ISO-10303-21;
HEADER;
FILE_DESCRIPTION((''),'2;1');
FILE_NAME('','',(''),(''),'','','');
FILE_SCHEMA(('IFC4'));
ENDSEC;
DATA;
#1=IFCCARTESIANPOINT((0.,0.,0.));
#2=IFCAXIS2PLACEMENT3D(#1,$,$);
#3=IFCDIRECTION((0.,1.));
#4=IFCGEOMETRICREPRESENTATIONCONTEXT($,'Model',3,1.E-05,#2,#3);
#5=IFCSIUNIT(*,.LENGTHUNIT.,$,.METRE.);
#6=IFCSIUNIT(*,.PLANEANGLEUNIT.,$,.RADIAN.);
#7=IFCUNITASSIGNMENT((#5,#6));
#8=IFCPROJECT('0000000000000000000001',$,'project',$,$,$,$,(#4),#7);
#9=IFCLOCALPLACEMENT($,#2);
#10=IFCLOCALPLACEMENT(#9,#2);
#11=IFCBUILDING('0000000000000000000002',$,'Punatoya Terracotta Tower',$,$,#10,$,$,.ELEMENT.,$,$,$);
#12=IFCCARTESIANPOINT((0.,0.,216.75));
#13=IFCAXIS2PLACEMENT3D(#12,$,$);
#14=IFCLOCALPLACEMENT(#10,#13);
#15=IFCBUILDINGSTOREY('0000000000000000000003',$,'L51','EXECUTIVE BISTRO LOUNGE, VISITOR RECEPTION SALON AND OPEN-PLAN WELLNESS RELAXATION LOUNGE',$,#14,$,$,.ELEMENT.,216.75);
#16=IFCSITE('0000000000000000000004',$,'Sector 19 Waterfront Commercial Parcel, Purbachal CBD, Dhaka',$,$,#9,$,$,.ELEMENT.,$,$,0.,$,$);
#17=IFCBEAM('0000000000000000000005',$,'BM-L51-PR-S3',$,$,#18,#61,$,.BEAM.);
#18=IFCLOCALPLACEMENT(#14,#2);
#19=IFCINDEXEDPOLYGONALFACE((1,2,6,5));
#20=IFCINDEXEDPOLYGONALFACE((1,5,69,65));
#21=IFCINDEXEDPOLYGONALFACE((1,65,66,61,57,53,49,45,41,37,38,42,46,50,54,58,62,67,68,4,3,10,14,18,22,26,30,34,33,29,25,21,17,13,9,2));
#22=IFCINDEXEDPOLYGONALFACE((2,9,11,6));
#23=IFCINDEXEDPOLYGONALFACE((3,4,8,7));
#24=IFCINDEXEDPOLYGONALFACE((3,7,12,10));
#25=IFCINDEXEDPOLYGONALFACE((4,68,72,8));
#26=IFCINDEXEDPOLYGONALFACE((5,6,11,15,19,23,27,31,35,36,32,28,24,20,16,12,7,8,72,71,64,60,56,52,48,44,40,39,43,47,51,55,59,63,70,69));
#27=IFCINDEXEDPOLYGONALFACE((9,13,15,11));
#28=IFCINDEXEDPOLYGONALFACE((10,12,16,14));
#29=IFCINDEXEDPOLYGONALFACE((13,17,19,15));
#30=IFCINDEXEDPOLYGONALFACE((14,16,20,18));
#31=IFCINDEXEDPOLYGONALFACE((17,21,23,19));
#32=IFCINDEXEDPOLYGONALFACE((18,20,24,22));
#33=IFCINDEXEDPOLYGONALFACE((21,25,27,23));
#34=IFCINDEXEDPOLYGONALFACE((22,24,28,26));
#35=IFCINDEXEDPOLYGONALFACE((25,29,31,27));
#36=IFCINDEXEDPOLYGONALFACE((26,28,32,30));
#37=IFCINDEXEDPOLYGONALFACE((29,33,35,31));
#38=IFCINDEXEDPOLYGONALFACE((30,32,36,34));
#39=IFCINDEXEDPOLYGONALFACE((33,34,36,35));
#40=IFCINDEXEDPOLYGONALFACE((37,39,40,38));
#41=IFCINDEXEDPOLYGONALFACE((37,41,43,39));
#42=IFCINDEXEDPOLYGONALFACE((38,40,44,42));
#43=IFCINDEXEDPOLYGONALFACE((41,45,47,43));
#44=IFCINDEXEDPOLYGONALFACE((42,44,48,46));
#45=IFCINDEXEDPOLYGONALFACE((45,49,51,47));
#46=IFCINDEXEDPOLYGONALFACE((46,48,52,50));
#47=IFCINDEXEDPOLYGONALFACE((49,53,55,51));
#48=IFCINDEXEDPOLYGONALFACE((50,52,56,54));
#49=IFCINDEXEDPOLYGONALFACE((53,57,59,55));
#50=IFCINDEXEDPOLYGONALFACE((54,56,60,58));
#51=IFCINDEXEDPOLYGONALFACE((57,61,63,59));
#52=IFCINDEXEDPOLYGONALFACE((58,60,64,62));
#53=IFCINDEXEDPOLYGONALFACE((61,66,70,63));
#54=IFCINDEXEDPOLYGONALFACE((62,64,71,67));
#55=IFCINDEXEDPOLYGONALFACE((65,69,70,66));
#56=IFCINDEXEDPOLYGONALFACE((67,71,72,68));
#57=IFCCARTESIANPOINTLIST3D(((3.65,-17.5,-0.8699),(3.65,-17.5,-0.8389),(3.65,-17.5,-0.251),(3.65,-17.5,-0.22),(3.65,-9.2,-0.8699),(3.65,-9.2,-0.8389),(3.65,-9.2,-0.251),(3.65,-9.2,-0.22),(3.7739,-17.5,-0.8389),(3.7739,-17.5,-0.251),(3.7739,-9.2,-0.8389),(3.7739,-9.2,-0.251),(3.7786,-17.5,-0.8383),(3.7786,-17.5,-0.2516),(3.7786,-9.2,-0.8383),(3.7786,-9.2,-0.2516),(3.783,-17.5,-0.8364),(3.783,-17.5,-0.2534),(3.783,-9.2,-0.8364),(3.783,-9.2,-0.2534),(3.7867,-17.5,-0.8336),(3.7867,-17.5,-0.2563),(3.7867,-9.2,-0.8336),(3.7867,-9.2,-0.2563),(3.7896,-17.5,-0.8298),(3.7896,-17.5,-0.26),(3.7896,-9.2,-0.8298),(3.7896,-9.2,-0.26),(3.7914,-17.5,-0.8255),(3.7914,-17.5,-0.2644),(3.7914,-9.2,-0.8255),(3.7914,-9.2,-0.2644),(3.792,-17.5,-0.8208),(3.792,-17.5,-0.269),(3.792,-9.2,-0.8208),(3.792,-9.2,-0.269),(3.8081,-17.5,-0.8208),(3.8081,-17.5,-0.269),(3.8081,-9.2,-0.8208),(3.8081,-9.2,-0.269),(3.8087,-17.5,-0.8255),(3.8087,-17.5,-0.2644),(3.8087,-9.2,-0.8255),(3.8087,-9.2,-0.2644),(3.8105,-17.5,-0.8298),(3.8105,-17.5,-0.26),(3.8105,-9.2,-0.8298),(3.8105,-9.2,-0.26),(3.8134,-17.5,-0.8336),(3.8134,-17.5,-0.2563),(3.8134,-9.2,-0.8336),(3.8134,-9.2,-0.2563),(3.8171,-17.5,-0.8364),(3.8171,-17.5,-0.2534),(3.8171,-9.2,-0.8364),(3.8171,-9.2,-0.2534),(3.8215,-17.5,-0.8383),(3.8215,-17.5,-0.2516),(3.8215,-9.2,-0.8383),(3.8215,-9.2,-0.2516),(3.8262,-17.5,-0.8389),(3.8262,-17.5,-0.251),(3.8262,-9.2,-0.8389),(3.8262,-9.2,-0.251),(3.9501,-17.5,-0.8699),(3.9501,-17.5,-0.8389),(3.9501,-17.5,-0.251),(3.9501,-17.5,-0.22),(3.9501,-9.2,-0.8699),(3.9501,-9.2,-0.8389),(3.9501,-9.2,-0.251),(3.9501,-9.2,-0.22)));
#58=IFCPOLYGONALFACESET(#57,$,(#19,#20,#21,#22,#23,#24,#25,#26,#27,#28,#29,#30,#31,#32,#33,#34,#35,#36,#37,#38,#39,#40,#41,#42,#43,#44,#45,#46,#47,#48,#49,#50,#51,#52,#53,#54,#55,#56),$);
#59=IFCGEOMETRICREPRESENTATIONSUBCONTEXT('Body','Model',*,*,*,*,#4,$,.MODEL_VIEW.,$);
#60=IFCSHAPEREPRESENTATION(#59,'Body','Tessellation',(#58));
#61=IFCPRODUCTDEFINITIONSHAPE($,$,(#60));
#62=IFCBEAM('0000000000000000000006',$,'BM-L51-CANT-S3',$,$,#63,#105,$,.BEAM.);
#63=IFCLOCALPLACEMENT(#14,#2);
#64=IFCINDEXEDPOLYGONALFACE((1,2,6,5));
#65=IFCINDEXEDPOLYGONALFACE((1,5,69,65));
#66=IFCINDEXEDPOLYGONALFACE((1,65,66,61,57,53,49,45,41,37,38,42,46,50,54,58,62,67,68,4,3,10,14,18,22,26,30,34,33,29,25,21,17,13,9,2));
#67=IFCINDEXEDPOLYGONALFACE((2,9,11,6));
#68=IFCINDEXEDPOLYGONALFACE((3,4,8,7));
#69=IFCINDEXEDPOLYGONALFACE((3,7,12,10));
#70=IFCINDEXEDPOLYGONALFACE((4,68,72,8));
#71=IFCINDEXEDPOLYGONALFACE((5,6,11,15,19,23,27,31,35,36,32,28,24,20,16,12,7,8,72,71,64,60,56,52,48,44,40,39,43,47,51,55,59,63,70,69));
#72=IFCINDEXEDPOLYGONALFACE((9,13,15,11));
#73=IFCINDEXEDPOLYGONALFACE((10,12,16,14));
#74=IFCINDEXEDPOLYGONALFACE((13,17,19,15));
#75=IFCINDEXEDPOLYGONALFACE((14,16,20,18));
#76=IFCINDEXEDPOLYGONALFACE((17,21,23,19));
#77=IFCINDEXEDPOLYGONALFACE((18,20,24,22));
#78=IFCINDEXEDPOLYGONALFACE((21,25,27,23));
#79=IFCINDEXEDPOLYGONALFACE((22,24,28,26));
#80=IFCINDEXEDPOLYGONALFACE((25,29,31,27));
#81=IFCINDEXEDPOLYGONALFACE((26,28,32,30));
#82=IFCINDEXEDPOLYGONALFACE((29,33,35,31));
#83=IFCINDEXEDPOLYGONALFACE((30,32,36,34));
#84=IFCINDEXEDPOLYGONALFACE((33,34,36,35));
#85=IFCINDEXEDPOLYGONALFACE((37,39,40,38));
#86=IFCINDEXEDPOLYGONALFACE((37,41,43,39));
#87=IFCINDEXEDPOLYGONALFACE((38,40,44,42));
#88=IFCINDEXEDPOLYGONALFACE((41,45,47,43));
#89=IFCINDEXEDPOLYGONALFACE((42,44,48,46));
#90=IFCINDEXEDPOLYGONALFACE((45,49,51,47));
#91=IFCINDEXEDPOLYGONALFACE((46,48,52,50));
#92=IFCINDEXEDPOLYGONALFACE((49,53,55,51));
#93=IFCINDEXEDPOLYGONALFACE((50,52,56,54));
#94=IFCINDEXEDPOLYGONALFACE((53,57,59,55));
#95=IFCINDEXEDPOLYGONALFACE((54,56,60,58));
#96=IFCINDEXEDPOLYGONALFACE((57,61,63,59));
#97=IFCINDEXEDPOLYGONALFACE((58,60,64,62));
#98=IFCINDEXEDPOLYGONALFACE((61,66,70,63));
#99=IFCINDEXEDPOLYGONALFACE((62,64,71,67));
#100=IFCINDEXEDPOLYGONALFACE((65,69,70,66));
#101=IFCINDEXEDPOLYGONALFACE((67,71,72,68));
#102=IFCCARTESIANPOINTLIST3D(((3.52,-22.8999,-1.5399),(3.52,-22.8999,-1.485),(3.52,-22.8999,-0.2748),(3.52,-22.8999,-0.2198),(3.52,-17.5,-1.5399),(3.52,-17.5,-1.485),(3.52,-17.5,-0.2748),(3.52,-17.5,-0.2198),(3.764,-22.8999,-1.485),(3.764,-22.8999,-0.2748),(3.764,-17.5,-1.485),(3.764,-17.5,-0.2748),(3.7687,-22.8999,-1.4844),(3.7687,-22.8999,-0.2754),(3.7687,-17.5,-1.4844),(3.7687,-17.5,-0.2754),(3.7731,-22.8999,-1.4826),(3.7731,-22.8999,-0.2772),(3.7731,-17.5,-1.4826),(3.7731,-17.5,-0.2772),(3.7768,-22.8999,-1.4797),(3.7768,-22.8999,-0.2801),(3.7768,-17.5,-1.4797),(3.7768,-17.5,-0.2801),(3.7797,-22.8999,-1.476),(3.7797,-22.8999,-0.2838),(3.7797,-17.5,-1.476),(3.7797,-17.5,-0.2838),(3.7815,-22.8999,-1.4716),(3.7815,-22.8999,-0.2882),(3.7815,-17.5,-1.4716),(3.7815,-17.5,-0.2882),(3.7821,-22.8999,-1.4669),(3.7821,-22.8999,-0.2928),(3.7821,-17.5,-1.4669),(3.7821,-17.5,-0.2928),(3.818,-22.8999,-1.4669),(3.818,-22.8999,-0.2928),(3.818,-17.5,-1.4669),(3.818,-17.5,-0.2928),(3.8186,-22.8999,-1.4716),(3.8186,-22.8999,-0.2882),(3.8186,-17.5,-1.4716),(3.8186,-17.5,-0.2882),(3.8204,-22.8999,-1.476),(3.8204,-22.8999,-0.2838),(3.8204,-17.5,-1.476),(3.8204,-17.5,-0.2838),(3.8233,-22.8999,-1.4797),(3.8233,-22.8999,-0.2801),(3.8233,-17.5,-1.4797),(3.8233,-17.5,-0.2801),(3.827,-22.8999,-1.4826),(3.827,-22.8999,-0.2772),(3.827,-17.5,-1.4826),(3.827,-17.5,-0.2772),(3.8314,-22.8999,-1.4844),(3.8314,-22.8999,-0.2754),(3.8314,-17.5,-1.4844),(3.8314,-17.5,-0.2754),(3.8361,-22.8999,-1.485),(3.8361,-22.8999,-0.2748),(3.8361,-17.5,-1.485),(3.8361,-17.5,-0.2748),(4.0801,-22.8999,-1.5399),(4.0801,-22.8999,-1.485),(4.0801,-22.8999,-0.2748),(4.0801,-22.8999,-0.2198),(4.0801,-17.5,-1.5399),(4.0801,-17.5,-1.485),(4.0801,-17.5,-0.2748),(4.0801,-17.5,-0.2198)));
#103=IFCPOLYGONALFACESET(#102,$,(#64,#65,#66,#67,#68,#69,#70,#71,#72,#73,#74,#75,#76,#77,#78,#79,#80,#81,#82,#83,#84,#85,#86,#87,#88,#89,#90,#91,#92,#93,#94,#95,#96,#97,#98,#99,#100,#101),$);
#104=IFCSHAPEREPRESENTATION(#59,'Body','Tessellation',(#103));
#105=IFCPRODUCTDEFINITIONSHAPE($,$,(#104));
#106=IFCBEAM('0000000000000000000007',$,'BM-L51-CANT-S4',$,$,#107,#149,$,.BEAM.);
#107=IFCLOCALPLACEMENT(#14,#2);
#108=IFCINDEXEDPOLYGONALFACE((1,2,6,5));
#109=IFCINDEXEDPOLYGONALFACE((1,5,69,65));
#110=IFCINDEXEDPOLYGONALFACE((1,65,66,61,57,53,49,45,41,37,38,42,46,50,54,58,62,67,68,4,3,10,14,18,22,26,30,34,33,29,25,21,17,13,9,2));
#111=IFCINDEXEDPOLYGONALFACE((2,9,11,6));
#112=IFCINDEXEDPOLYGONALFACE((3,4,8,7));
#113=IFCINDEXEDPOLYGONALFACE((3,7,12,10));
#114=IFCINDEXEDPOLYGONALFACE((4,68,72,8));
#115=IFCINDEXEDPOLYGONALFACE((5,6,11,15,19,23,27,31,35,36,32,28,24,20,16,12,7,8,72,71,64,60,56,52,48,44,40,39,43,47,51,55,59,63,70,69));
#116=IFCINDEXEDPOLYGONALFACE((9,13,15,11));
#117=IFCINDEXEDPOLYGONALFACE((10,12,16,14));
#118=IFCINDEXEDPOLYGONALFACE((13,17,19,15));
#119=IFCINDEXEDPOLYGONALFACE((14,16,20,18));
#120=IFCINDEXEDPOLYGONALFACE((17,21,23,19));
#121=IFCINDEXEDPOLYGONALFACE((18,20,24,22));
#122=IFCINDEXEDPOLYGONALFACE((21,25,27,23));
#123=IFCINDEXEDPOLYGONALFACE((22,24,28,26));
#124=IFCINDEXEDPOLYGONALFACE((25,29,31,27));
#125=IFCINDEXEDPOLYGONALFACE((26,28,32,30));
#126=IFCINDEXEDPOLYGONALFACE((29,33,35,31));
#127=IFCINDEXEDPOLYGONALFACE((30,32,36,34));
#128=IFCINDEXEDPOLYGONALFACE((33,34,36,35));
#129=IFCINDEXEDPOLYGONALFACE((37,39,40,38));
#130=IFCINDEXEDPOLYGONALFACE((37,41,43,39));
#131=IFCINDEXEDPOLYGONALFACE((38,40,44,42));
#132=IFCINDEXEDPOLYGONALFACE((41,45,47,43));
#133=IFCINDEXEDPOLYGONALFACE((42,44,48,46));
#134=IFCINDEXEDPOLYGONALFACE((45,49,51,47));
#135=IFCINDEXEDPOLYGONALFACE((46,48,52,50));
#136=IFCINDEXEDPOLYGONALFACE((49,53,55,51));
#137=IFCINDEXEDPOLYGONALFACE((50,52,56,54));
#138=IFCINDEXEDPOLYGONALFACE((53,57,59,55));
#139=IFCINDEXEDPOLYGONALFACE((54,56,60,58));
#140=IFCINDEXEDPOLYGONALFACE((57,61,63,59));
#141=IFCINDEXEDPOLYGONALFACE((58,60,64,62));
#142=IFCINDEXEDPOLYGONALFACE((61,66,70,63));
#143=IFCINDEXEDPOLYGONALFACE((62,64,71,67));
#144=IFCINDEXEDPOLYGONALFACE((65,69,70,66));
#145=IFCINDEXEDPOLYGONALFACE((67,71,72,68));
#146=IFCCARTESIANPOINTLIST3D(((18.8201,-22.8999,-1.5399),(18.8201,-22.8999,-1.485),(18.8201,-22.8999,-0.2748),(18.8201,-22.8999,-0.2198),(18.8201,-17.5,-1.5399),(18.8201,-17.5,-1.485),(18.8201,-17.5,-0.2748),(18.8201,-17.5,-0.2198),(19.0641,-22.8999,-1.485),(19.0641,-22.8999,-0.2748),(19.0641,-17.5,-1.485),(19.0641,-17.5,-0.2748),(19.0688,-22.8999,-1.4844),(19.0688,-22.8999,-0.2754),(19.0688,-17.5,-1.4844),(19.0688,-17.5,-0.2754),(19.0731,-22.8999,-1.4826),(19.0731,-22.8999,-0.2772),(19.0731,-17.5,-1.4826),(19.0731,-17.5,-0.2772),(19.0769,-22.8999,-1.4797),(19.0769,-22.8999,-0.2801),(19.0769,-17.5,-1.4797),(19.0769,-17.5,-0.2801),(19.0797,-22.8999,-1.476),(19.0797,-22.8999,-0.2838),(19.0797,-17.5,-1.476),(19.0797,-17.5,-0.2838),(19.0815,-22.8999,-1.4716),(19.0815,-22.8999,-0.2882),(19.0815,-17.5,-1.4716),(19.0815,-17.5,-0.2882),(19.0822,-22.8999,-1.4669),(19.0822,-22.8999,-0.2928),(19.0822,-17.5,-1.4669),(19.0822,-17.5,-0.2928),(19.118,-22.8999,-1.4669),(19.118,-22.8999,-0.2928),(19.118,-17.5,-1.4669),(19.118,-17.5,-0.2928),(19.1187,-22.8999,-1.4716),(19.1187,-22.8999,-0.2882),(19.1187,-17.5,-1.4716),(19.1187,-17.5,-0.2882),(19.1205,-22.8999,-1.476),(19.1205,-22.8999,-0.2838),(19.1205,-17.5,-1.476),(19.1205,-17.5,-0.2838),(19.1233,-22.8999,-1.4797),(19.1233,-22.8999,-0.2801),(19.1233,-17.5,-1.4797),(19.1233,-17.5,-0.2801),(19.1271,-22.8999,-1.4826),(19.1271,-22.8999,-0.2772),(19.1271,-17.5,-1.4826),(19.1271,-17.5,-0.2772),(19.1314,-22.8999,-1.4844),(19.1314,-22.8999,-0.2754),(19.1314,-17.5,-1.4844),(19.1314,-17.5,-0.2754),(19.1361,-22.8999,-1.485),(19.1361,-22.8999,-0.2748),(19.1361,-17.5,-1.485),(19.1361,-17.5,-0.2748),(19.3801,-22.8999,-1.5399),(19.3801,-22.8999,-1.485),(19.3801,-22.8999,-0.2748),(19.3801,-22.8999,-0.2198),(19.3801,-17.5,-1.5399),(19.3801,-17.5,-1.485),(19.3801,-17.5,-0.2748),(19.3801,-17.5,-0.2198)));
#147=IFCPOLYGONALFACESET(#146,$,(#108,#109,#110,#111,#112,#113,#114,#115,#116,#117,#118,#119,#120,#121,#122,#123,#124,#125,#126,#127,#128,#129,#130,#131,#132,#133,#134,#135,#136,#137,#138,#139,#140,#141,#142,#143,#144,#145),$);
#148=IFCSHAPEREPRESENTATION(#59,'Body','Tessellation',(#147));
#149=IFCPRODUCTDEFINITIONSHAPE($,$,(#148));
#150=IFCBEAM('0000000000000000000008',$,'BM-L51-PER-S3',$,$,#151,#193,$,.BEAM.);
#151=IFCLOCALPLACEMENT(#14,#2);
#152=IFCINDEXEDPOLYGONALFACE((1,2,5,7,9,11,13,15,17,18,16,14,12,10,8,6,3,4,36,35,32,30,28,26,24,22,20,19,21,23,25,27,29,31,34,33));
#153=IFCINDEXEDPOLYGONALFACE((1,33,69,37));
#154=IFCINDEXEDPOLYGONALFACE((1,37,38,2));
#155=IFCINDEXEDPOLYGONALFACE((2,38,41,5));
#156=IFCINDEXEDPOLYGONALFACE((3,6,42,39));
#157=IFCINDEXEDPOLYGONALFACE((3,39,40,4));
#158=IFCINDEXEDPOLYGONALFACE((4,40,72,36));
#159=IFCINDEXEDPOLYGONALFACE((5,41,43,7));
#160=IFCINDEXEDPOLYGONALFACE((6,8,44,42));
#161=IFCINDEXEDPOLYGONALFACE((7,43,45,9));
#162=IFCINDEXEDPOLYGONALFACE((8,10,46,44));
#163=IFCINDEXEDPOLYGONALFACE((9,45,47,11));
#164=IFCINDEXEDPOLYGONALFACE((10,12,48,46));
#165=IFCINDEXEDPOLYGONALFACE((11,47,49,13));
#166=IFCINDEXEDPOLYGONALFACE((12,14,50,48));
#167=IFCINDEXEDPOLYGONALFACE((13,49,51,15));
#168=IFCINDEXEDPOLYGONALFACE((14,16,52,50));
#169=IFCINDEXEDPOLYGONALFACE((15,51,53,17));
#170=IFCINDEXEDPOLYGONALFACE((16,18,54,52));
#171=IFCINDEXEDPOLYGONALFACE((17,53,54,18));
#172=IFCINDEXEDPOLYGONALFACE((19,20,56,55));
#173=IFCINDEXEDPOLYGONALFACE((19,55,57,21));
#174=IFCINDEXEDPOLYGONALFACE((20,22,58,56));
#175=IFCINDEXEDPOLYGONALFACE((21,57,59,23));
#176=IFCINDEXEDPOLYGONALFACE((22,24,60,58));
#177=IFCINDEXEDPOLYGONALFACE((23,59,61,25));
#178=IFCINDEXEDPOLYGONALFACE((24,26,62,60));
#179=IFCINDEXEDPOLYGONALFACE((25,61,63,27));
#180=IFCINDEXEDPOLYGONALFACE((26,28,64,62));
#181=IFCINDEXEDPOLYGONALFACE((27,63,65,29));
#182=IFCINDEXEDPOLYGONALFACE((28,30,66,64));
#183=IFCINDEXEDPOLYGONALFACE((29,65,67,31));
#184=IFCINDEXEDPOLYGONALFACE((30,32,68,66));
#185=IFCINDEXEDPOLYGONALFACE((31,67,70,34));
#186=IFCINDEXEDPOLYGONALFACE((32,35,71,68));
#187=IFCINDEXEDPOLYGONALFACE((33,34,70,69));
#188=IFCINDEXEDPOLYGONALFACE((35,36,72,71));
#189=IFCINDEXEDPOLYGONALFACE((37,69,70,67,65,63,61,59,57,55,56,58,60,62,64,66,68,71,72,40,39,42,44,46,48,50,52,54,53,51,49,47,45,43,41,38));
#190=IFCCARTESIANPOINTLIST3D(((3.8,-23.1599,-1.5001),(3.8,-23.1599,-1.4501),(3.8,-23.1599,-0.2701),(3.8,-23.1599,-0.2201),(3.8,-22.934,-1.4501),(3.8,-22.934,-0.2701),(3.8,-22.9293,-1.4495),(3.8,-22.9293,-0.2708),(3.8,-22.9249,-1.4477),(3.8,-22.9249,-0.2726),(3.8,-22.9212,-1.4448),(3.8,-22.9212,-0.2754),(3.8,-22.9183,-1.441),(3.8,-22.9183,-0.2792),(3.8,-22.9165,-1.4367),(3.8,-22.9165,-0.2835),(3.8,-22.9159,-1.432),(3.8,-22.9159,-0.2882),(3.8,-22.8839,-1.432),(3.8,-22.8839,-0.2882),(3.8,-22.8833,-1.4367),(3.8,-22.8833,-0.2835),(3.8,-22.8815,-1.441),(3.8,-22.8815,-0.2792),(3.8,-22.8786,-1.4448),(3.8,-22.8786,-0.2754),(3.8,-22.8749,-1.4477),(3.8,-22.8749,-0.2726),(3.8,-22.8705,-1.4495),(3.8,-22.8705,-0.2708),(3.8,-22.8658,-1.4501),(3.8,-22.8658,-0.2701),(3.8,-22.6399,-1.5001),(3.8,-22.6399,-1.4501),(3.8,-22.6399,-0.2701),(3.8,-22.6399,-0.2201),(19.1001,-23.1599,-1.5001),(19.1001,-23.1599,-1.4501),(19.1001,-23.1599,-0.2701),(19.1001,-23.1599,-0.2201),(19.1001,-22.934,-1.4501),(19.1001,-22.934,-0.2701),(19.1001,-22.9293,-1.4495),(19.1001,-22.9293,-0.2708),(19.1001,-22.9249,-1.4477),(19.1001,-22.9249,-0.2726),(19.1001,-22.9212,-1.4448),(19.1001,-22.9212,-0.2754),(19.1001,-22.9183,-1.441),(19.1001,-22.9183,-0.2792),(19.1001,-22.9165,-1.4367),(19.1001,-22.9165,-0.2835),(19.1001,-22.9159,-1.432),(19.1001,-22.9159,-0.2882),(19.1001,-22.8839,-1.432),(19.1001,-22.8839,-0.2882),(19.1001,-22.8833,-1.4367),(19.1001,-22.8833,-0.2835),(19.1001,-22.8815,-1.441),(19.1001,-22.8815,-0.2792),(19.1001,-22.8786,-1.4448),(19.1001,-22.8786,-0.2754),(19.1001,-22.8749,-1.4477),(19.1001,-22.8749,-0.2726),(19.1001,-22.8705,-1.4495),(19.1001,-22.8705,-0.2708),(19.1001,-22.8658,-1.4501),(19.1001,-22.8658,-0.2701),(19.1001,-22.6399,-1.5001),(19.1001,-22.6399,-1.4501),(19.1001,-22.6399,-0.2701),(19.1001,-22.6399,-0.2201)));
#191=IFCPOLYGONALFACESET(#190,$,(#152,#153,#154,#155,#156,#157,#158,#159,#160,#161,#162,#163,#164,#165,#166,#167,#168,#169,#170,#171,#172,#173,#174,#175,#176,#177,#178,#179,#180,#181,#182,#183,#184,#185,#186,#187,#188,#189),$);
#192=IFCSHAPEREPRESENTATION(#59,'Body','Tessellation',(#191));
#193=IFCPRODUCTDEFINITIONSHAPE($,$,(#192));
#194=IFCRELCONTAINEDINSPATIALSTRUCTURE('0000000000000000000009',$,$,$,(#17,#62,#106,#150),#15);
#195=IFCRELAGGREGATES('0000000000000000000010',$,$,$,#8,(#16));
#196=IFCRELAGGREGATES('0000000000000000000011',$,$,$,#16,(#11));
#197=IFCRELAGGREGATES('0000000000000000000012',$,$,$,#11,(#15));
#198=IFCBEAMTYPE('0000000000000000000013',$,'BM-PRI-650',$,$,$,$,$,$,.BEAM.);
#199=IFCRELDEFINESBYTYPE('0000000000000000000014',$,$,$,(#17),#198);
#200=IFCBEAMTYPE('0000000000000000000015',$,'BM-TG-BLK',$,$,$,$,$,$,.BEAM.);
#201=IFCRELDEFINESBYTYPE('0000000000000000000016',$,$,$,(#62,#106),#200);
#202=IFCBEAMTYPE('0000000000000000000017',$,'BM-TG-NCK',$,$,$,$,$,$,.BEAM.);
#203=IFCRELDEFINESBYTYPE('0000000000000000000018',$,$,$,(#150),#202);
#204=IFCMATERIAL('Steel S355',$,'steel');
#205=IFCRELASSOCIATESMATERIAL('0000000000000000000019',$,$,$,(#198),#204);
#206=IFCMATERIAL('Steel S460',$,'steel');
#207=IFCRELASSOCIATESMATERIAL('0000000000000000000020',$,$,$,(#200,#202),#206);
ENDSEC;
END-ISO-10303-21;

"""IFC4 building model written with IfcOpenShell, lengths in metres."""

from ifc_helpers import new_model, si_unit, direction, frame, origin, origin_2d, place, context, subcontext, project, spatial, i_section, extrude, material, material_profile, profile_set, type_object, element, save


model = new_model("IFC4")

# Units and contexts
model_context = context("Model", 3, precision=1e-05, world=origin(), true_north=direction((0.0, 1.0)))
body_context = subcontext(model_context, "Body", "Model", "MODEL_VIEW")
ifc_project = project(units=[si_unit("LENGTHUNIT", "METRE"), si_unit("PLANEANGLEUNIT", "RADIAN")], contexts=[model_context])

# Site, building, storey
site_placement = place(None, origin())
site = spatial("IfcSite", under=ifc_project, at=site_placement, Name="Sector 19 Waterfront Commercial Parcel, Purbachal CBD, Dhaka", CompositionType="ELEMENT", RefElevation=0.0)
building_placement = place(site_placement, origin())
building = spatial("IfcBuilding", under=site, at=building_placement, Name="Punatoya Terracotta Tower", CompositionType="ELEMENT")
storey_placement = place(building_placement, frame((0.0, 0.0, 216.75)))
storey = spatial("IfcBuildingStorey", under=building, at=storey_placement, Name="L51", Description="EXECUTIVE BISTRO LOUNGE, VISITOR RECEPTION SALON AND OPEN-PLAN WELLNESS RELAXATION LOUNGE", CompositionType="ELEMENT", Elevation=216.75)

# Shared definitions
ifc_material_1 = material(Name="Steel S460", Category="steel")

# Beams
ifc_material_2 = material(Name="Steel S355", Category="steel")
ifc_material_profile_1 = material_profile(ifc_material_2, i_section(OverallWidth=0.3, OverallDepth=0.6499, WebThickness=0.0161, FlangeThickness=0.031, FilletRadius=0.0181, at=origin_2d()))
ifc_profile_set_1 = profile_set([ifc_material_profile_1], Name="Steel S355")
beam_type_1 = type_object("IfcBeamType", Name="BM-PRI-650", PredefinedType="BEAM", material=ifc_profile_set_1)
beam_1_placement = place(storey_placement, frame((3.8, -17.5, -0.5449), z_axis=(0.0, 1.0, 0.0), x_axis=(-1.0, 0.0, 0.0)))
element("IfcBeam", 1, at=beam_1_placement, inside=storey, type_object=beam_type_1, Name="BM-L51-PR-S3", PredefinedType="BEAM", context=body_context, shape_type="SweptSolid", body=[
    extrude(i_section(OverallWidth=0.3, OverallDepth=0.6499, WebThickness=0.0161, FlangeThickness=0.031, FilletRadius=0.0181, at=origin_2d()), origin(), (0.0, 0.0, 1.0), 8.3),
])
ifc_material_profile_2 = material_profile(ifc_material_1, i_section(OverallWidth=0.5601, OverallDepth=1.3201, WebThickness=0.0359, FlangeThickness=0.0549, FilletRadius=0.0181, at=origin_2d()))
ifc_profile_set_2 = profile_set([ifc_material_profile_2], Name="Steel S460")
beam_type_2 = type_object("IfcBeamType", Name="BM-TG-BLK", PredefinedType="BEAM", material=ifc_profile_set_2)
for number, where, z_axis, x_axis, name in (
    (2, (3.8, -22.8999, -0.8799), (0.0, 1.0, 0.0), (-1.0, 0.0, 0.0), "BM-L51-CANT-S3"),
    (3, (19.1001, -22.8999, -0.8799), (0.0, 1.0, 0.0), (-1.0, 0.0, 0.0), "BM-L51-CANT-S4"),
):
    element("IfcBeam", number, at=place(storey_placement, frame(where, z_axis=z_axis, x_axis=x_axis)), inside=storey, type_object=beam_type_2, Name=name, PredefinedType="BEAM", context=body_context, shape_type="SweptSolid", body=[
        extrude(i_section(OverallWidth=0.5601, OverallDepth=1.3201, WebThickness=0.0359, FlangeThickness=0.0549, FilletRadius=0.0181, at=origin_2d()), origin(), (0.0, 0.0, 1.0), 5.3999),
    ])
ifc_material_profile_3 = material_profile(ifc_material_1, i_section(OverallWidth=0.52, OverallDepth=1.28, WebThickness=0.032, FlangeThickness=0.05, FilletRadius=0.0181, at=origin_2d()))
ifc_profile_set_3 = profile_set([ifc_material_profile_3], Name="Steel S460")
beam_type_3 = type_object("IfcBeamType", Name="BM-TG-NCK", PredefinedType="BEAM", material=ifc_profile_set_3)
beam_2_placement = place(storey_placement, frame((3.8, -22.8999, -0.8601), z_axis=(1.0, 0.0, 0.0), x_axis=(0.0, 1.0, 0.0)))
element("IfcBeam", 4, at=beam_2_placement, inside=storey, type_object=beam_type_3, Name="BM-L51-PER-S3", PredefinedType="BEAM", context=body_context, shape_type="SweptSolid", body=[
    extrude(i_section(OverallWidth=0.52, OverallDepth=1.28, WebThickness=0.032, FlangeThickness=0.05, FilletRadius=0.0181, at=origin_2d()), origin(), (0.0, 0.0, 1.0), 15.3),
])

save(model, "model.ifc")
